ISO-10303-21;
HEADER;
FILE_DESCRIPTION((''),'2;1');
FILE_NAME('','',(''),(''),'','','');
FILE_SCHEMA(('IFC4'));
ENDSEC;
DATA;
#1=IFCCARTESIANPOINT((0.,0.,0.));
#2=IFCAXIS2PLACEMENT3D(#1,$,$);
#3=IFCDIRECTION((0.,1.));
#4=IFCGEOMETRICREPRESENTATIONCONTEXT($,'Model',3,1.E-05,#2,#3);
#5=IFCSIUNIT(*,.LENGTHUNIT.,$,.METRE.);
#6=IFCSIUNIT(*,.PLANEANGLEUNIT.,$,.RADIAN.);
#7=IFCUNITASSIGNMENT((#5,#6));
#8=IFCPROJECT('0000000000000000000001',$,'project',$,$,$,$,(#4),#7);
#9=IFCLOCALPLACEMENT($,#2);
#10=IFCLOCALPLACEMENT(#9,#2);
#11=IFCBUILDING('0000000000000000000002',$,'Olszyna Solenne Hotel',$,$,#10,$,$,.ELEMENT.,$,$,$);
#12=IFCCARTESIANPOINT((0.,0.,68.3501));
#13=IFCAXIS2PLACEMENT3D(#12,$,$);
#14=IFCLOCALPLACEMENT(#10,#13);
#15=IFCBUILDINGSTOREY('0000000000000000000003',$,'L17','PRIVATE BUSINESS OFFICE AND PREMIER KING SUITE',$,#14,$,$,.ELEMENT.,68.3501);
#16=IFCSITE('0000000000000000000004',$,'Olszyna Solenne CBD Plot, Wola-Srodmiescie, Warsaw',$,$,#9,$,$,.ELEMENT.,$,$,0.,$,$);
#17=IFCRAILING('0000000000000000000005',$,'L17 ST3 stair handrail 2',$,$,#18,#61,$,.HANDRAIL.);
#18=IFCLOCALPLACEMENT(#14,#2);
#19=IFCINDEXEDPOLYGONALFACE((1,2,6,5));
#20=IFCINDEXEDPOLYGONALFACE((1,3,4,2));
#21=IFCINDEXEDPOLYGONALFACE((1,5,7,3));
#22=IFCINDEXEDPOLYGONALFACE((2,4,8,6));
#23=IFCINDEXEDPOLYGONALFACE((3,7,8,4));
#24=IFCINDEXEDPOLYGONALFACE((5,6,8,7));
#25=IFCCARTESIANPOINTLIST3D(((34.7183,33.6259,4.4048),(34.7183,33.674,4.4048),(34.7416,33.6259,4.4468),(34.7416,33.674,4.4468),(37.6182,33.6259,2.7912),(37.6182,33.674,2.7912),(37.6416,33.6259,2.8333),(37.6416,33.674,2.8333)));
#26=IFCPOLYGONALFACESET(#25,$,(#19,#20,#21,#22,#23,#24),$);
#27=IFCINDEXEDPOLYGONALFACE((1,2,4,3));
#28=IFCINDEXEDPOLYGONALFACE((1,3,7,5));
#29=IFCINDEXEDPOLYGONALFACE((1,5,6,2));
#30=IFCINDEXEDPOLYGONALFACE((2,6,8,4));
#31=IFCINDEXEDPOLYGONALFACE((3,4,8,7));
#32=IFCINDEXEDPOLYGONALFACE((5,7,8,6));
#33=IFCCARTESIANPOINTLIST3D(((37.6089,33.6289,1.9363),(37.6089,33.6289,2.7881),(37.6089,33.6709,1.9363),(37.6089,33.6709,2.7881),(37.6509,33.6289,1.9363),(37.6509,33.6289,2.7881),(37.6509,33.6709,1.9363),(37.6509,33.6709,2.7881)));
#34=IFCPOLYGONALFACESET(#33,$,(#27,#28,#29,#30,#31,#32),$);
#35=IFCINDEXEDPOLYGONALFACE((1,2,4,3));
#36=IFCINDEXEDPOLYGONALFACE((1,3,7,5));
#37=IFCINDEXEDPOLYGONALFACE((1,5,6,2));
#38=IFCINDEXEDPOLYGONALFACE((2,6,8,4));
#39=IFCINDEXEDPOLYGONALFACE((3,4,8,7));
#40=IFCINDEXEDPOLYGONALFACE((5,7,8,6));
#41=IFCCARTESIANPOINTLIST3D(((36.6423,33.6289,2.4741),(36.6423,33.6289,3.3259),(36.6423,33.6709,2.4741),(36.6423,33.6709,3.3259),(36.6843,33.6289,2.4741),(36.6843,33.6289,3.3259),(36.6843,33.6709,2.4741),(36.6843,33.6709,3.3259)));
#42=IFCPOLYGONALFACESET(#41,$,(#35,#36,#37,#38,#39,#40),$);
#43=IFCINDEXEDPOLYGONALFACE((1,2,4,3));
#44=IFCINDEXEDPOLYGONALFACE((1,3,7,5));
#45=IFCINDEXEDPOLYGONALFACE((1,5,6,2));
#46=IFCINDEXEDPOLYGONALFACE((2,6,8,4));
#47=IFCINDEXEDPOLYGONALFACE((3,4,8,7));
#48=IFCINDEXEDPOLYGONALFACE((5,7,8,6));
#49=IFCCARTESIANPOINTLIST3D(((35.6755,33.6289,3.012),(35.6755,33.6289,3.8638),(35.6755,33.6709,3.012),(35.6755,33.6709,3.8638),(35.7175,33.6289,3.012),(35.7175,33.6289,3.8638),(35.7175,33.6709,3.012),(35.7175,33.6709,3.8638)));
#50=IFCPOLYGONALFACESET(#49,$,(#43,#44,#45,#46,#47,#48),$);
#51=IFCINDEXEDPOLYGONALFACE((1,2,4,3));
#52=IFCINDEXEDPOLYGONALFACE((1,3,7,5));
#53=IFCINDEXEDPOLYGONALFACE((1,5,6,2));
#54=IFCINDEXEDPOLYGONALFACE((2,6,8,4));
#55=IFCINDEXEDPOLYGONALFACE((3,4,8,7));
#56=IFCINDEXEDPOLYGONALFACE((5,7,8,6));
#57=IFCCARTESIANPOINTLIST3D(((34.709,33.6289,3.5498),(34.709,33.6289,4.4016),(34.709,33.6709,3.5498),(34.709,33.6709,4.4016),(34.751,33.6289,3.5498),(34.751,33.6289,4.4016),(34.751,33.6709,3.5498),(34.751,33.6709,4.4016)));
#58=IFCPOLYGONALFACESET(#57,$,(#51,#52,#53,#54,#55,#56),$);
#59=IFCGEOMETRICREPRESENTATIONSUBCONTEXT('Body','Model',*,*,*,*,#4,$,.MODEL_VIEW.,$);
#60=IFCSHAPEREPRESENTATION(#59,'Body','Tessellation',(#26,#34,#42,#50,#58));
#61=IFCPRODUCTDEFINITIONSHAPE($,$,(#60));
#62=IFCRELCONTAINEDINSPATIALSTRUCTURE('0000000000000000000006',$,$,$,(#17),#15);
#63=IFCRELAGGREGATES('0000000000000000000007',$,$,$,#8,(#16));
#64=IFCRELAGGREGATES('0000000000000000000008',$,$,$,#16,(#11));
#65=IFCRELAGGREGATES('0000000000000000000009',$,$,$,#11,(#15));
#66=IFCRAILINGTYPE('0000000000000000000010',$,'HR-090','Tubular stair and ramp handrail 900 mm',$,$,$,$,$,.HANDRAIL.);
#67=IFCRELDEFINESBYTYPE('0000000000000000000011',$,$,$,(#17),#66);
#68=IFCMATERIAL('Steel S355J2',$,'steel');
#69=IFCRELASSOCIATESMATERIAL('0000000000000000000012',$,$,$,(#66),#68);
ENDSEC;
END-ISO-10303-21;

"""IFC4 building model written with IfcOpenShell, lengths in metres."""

from ifc_helpers import new_model, si_unit, direction, frame, origin, origin_2d, place, context, subcontext, project, spatial, rectangle, extrude, material, type_object, element, save


model = new_model("IFC4")

# Units and contexts
model_context = context("Model", 3, precision=1e-05, world=origin(), true_north=direction((0.0, 1.0)))
body_context = subcontext(model_context, "Body", "Model", "MODEL_VIEW")
ifc_project = project(units=[si_unit("LENGTHUNIT", "METRE"), si_unit("PLANEANGLEUNIT", "RADIAN")], contexts=[model_context])

# Site, building, storey
site_placement = place(None, origin())
site = spatial("IfcSite", under=ifc_project, at=site_placement, Name="Olszyna Solenne CBD Plot, Wola-Srodmiescie, Warsaw", CompositionType="ELEMENT", RefElevation=0.0)
building_placement = place(site_placement, origin())
building = spatial("IfcBuilding", under=site, at=building_placement, Name="Olszyna Solenne Hotel", CompositionType="ELEMENT")
storey_placement = place(building_placement, frame((0.0, 0.0, 68.3501)))
storey = spatial("IfcBuildingStorey", under=building, at=storey_placement, Name="L17", Description="PRIVATE BUSINESS OFFICE AND PREMIER KING SUITE", CompositionType="ELEMENT", Elevation=68.3501)

# Shared definitions
ifc_material_1 = material(Name="Steel S355J2", Category="steel")

# Railing
railing_type_1 = type_object("IfcRailingType", Name="HR-090", Description="Tubular stair and ramp handrail 900 mm", PredefinedType="HANDRAIL", material=ifc_material_1)
railing_1_placement = place(storey_placement, frame((37.6299, 33.6499, 1.9363)))
element("IfcRailing", 1, at=railing_1_placement, inside=storey, type_object=railing_type_1, Name="L17 ST3 stair handrail 2", PredefinedType="HANDRAIL", context=body_context, shape_type="SweptSolid", body=[
    extrude(rectangle(XDim=0.0481, YDim=0.0481, at=origin_2d()), frame((0.0, 0.0, 0.876), z_axis=(-0.873841, 0.0, 0.486211), x_axis=(0.0, -1.0, 0.0)), (0.0, 0.0, 1.0), 3.3186),
    extrude(rectangle(XDim=0.042, YDim=0.042, at=origin_2d()), origin(), (0.0, 0.0, 1.0), 0.8518),
    extrude(rectangle(XDim=0.042, YDim=0.042, at=origin_2d()), frame((-0.9666, 0.0, 0.5378)), (0.0, 0.0, 1.0), 0.8518),
    extrude(rectangle(XDim=0.042, YDim=0.042, at=origin_2d()), frame((-1.9333, 0.0, 1.0757)), (0.0, 0.0, 1.0), 0.8518),
    extrude(rectangle(XDim=0.042, YDim=0.042, at=origin_2d()), frame((-2.8999, 0.0, 1.6135)), (0.0, 0.0, 1.0), 0.8518),
])

save(model, "model.ifc")
